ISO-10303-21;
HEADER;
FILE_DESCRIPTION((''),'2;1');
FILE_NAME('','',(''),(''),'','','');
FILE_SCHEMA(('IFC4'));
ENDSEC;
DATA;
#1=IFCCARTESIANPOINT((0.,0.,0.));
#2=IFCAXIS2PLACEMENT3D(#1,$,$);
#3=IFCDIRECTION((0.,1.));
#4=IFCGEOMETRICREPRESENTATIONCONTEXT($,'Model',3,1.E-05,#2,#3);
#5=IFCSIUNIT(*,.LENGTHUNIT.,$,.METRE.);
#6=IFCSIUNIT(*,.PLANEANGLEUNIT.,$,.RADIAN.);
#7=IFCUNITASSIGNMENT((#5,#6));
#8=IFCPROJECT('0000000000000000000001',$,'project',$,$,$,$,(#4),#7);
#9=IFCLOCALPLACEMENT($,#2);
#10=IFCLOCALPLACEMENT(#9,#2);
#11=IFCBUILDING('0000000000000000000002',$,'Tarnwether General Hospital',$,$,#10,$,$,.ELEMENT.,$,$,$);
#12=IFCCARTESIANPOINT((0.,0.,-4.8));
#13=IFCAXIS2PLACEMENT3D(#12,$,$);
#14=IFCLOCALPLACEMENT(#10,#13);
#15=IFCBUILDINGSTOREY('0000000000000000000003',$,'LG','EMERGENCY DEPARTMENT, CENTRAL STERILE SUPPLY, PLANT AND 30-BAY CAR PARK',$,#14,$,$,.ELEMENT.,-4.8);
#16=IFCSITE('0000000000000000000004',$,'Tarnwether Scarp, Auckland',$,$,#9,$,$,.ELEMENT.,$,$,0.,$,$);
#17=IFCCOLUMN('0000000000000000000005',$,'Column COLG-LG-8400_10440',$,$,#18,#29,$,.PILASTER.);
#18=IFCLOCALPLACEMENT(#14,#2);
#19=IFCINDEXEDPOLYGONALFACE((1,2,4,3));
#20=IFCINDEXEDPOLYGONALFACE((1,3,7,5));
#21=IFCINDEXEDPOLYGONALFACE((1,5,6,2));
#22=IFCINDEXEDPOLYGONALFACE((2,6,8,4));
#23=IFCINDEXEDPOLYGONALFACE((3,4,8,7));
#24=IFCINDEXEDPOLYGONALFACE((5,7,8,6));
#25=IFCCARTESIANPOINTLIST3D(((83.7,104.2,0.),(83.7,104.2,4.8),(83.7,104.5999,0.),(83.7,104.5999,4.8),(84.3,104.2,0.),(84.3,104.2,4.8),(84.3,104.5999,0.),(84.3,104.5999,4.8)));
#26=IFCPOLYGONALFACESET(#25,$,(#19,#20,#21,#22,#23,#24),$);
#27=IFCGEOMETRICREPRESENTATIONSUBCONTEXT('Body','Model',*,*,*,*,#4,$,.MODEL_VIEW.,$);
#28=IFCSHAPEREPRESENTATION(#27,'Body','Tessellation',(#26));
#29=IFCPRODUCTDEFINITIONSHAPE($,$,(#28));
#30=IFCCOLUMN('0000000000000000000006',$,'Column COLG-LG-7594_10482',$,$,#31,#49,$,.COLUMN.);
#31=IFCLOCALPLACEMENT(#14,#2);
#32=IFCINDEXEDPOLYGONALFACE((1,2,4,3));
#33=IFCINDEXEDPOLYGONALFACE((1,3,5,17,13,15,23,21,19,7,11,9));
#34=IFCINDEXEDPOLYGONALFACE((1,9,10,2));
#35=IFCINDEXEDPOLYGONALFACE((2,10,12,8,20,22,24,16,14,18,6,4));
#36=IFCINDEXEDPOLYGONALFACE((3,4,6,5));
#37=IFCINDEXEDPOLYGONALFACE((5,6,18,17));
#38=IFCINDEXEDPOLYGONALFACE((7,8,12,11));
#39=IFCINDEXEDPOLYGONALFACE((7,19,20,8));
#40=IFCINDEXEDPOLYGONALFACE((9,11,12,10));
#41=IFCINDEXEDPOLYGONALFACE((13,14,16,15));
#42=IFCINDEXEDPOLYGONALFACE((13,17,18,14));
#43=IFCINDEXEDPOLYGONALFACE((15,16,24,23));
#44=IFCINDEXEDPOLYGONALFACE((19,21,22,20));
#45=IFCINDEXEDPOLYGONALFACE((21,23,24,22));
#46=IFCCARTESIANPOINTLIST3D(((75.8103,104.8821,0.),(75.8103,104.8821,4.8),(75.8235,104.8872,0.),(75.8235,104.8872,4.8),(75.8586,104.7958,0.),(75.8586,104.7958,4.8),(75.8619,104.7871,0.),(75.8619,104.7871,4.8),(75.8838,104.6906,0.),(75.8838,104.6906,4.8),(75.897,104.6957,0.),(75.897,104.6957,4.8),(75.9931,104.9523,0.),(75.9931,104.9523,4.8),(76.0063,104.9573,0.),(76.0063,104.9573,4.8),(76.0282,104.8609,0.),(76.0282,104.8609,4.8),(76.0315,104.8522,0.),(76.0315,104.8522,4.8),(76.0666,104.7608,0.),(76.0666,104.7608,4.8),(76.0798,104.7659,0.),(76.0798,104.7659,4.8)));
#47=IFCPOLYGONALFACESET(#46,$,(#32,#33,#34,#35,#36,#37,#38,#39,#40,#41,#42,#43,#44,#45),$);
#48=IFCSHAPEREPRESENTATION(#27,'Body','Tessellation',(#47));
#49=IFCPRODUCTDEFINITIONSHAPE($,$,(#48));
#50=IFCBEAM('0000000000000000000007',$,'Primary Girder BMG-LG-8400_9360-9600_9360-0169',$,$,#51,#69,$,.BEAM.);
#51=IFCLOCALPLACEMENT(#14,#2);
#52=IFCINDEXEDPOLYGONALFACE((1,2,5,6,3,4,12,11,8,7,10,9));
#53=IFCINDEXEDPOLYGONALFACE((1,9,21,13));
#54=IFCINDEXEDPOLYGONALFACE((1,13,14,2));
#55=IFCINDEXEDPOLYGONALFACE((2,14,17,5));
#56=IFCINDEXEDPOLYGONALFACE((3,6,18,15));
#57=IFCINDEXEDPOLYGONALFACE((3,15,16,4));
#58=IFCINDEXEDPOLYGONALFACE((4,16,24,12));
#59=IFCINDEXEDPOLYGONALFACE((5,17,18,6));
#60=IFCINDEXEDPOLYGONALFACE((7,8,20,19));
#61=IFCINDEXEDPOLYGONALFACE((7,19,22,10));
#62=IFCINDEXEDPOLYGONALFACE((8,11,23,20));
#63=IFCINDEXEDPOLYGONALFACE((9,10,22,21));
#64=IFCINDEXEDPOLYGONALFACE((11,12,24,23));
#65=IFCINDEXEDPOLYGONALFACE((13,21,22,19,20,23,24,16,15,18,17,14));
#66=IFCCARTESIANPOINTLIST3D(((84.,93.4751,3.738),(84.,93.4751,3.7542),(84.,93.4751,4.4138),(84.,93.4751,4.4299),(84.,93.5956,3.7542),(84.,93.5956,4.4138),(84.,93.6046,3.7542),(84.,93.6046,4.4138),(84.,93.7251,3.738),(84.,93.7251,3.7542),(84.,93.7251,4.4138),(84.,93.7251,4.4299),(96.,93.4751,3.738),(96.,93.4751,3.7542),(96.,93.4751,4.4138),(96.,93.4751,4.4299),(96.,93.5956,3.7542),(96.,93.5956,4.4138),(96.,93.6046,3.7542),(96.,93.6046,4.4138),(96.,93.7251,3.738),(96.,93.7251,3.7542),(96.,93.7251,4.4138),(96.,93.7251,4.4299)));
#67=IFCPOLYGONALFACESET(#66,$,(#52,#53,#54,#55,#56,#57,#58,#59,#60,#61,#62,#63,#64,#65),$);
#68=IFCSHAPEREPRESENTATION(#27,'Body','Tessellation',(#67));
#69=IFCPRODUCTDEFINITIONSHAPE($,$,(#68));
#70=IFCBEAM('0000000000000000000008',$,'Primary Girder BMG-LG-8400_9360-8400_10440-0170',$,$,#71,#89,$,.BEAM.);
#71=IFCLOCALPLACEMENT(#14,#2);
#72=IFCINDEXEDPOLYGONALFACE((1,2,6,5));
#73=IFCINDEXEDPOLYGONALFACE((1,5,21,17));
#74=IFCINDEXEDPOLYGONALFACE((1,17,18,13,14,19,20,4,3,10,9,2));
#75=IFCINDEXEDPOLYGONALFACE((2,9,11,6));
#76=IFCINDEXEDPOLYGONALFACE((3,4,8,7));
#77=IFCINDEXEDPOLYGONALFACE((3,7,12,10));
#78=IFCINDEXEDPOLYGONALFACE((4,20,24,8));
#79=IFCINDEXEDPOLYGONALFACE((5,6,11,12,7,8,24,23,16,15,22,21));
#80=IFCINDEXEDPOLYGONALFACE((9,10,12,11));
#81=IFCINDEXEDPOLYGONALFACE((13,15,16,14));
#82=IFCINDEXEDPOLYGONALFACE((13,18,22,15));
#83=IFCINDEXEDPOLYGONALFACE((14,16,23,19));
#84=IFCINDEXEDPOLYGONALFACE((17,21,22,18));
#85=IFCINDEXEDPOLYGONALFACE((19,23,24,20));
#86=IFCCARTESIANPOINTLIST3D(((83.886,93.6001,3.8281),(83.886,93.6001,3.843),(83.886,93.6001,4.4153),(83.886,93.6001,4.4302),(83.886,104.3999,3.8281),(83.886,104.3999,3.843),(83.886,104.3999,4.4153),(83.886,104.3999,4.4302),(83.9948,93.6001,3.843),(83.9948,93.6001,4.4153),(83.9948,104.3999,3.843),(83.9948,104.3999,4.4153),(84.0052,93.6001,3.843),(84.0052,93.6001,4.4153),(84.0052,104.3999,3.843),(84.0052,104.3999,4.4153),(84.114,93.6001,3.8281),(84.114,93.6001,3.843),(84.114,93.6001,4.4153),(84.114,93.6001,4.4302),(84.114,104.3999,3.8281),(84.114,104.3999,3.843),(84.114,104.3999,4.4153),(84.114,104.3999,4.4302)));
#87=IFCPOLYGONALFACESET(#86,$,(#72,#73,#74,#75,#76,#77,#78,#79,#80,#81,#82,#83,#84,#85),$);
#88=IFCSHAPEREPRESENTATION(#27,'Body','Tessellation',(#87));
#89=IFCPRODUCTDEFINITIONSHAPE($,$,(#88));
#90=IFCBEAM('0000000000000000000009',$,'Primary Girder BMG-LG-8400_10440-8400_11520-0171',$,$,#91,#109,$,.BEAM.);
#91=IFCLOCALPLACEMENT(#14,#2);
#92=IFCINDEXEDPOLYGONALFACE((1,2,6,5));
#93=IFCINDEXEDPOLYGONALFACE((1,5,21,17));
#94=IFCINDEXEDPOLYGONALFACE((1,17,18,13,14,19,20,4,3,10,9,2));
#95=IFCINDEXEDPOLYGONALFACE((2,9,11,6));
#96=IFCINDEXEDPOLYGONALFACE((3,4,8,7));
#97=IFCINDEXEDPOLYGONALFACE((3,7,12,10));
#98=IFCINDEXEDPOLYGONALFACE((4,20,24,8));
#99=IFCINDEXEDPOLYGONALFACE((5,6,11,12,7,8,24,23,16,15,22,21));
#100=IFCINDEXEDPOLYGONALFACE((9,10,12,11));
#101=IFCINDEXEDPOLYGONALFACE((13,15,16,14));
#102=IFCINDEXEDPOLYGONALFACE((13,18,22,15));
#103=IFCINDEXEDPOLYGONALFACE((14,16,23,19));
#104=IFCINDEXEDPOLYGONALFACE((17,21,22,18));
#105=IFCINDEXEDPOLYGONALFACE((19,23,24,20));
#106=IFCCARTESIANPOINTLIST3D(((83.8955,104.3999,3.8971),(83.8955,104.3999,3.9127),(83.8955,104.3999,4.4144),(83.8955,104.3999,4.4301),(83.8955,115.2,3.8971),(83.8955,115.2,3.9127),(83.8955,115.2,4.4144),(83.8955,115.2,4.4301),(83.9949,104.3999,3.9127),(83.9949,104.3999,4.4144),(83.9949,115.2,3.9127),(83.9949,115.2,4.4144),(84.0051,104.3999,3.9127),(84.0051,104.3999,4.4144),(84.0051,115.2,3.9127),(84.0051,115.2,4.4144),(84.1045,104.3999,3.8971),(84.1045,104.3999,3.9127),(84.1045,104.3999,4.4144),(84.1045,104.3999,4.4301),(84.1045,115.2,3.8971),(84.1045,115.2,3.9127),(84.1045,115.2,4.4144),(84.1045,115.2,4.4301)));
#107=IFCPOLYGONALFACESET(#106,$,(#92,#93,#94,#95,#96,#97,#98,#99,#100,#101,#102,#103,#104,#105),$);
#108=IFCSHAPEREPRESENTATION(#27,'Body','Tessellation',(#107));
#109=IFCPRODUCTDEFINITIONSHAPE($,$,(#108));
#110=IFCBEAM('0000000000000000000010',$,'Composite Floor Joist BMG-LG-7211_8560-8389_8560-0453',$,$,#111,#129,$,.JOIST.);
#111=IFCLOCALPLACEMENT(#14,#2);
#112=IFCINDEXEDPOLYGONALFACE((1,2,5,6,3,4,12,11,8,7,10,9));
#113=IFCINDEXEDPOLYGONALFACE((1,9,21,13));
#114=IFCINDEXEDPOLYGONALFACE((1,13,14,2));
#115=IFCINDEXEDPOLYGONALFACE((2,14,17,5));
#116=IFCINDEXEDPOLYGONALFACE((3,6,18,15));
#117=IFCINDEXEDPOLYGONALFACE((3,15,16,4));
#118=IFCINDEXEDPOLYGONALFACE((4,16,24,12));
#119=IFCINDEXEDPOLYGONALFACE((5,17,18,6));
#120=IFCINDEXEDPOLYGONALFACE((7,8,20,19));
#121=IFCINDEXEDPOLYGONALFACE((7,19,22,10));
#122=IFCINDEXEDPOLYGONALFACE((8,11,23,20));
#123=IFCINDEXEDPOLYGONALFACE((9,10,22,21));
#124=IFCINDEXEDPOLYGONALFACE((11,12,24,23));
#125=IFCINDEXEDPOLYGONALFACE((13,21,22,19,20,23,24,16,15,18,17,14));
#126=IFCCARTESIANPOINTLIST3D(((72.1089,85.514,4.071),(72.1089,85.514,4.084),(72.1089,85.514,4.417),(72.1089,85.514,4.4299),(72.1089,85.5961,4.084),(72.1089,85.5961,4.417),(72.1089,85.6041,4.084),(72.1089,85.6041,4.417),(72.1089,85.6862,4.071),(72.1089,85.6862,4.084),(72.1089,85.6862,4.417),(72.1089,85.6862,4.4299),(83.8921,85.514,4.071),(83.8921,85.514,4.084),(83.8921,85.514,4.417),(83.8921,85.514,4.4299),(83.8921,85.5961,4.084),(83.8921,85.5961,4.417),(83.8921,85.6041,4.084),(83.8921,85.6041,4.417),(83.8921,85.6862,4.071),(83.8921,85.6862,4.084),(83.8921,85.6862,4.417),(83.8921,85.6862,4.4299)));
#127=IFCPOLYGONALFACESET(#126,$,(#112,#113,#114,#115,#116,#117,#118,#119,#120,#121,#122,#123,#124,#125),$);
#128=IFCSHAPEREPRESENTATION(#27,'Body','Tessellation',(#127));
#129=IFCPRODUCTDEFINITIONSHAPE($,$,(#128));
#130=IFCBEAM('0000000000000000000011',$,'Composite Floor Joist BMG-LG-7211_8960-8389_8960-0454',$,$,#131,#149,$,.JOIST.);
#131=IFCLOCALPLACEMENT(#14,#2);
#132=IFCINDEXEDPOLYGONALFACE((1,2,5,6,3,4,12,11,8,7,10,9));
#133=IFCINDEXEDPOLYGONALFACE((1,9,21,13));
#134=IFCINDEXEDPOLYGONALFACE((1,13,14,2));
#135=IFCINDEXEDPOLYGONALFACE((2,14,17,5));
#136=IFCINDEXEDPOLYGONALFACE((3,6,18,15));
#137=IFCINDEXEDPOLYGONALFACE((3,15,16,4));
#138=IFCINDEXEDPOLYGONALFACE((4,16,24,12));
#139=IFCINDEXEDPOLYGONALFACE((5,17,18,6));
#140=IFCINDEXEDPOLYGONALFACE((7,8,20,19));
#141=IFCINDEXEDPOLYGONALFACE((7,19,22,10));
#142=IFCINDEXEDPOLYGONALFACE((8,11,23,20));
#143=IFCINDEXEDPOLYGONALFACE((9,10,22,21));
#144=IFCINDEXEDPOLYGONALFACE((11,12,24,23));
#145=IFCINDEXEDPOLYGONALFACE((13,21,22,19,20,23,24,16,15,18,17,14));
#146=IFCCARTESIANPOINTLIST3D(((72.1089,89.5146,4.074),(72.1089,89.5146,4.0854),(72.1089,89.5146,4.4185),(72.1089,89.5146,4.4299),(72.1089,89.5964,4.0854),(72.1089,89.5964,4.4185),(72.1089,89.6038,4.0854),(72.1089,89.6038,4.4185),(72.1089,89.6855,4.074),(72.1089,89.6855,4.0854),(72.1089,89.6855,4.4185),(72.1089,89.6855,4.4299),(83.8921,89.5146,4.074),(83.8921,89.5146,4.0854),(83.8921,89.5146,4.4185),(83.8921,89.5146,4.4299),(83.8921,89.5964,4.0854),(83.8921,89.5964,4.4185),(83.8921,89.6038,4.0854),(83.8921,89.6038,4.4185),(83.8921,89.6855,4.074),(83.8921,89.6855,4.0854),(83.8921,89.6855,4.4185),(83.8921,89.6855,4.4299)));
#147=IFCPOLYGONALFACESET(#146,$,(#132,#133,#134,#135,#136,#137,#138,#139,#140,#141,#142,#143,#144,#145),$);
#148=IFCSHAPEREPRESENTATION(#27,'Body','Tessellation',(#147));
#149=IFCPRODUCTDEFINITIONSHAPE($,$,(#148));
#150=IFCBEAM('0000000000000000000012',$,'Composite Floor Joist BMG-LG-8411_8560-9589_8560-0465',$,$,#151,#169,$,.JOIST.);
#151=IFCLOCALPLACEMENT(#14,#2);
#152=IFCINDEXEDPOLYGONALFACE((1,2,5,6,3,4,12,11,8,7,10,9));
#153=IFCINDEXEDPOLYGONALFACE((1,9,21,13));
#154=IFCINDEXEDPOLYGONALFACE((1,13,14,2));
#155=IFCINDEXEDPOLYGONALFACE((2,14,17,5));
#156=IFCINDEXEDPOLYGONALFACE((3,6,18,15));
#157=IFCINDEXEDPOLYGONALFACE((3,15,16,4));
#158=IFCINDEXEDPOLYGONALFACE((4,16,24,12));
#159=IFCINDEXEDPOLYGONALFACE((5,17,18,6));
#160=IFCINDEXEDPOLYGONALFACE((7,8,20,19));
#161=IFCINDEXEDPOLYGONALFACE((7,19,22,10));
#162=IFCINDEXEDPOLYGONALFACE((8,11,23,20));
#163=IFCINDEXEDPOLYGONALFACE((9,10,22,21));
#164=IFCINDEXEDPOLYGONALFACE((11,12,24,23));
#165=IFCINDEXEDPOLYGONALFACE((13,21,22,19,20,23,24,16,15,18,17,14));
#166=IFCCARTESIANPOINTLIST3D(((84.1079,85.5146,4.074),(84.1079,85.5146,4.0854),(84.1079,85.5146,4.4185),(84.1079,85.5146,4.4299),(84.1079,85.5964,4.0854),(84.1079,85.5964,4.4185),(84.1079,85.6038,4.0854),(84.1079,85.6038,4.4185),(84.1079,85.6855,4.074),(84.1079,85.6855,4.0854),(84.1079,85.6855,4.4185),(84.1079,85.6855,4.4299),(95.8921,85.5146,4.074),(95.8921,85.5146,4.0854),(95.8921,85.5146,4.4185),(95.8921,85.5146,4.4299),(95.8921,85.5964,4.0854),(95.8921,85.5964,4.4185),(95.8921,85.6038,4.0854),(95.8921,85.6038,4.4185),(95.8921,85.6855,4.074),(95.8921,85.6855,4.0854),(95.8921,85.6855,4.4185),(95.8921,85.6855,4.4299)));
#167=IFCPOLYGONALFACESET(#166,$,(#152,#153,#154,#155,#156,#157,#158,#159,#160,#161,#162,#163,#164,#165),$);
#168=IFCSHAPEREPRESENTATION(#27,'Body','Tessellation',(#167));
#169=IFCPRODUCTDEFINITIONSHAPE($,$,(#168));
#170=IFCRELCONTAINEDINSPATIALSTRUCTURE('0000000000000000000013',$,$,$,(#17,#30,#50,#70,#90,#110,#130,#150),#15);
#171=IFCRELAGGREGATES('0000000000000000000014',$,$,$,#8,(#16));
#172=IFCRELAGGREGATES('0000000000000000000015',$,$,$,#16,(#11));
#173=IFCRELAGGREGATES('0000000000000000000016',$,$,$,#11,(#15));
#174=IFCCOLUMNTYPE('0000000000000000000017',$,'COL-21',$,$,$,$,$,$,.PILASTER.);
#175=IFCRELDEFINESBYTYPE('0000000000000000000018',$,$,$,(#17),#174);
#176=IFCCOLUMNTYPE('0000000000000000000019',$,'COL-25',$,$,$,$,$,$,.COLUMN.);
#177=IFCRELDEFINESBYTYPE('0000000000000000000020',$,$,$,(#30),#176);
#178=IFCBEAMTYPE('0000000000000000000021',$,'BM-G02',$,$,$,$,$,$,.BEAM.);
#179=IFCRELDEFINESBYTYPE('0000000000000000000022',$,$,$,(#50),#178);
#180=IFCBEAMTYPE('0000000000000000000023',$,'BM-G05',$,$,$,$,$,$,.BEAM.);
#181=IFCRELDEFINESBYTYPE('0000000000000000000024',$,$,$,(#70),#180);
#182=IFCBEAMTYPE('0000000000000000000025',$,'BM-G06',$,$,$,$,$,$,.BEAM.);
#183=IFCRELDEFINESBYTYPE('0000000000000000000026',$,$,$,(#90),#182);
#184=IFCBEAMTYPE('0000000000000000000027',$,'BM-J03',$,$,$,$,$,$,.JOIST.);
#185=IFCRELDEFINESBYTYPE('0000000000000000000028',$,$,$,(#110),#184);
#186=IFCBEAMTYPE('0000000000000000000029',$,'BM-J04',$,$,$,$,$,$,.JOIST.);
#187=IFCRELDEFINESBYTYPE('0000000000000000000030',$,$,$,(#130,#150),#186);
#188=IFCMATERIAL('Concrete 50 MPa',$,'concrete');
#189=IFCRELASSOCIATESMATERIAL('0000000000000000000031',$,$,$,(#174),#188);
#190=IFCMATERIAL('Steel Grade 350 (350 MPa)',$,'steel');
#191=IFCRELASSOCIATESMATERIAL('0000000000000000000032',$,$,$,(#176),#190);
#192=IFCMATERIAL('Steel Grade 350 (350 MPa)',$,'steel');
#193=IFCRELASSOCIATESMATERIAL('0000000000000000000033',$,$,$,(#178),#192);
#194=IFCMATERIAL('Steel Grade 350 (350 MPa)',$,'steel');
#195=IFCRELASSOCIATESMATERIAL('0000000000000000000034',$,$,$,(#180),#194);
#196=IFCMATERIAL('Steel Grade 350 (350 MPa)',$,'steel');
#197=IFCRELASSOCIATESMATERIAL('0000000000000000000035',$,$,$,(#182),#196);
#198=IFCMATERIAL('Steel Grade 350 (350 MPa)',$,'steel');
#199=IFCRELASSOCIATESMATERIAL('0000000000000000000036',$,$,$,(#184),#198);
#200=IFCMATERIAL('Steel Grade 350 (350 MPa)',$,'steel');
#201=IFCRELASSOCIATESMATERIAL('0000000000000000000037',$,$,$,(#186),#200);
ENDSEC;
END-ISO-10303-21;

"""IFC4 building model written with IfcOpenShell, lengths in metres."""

from ifc_helpers import new_model, si_unit, direction, frame, origin, origin_2d, place, context, subcontext, project, spatial, rectangle, i_section, extrude, material, material_profile, profile_set, type_object, element, save


model = new_model("IFC4")

# Units and contexts
model_context = context("Model", 3, precision=1e-05, world=origin(), true_north=direction((0.0, 1.0)))
body_context = subcontext(model_context, "Body", "Model", "MODEL_VIEW")
ifc_project = project(units=[si_unit("LENGTHUNIT", "METRE"), si_unit("PLANEANGLEUNIT", "RADIAN")], contexts=[model_context])

# Site, building, storey
site_placement = place(None, origin())
site = spatial("IfcSite", under=ifc_project, at=site_placement, Name="Tarnwether Scarp, Auckland", CompositionType="ELEMENT", RefElevation=0.0)
building_placement = place(site_placement, origin())
building = spatial("IfcBuilding", under=site, at=building_placement, Name="Tarnwether General Hospital", CompositionType="ELEMENT")
storey_placement = place(building_placement, frame((0.0, 0.0, -4.8)))
storey = spatial("IfcBuildingStorey", under=building, at=storey_placement, Name="LG", Description="EMERGENCY DEPARTMENT, CENTRAL STERILE SUPPLY, PLANT AND 30-BAY CAR PARK", CompositionType="ELEMENT", Elevation=-4.8)

# Columns
ifc_material_1 = material(Name="Concrete 50 MPa", Category="concrete")
ifc_material_profile_1 = material_profile(ifc_material_1, rectangle(XDim=0.3999, YDim=0.6001, at=origin_2d()), Name="RC-PIL-400x600")
ifc_profile_set_1 = profile_set([ifc_material_profile_1], Name="Concrete 50 MPa")
column_type_1 = type_object("IfcColumnType", Name="COL-21", PredefinedType="PILASTER", material=ifc_profile_set_1)
column_1_placement = place(storey_placement, frame((84.0, 104.3999, 0.0), z_axis=(0.0, 0.0, 1.0), x_axis=(0.0, 1.0, 0.0)))
element("IfcColumn", 1, at=column_1_placement, inside=storey, type_object=column_type_1, Name="Column COLG-LG-8400_10440", PredefinedType="PILASTER", context=body_context, shape_type="SweptSolid", body=[
    extrude(rectangle(XDim=0.3999, YDim=0.6001, at=origin_2d()), origin(), (0.0, 0.0, 1.0), 4.8),
])
ifc_material_2 = material(Name="Steel Grade 350 (350 MPa)", Category="steel")
ifc_material_profile_2 = material_profile(ifc_material_2, i_section(OverallWidth=0.2051, OverallDepth=0.21, WebThickness=0.0093, FlangeThickness=0.0142, at=origin_2d()), Name="200UC59.5")
ifc_profile_set_2 = profile_set([ifc_material_profile_2], Name="Steel Grade 350 (350 MPa)")
column_type_2 = type_object("IfcColumnType", Name="COL-25", PredefinedType="COLUMN", material=ifc_profile_set_2)
column_2_placement = place(storey_placement, frame((75.9451, 104.824, 0.0), z_axis=(0.0, 0.0, 1.0), x_axis=(-0.358368, 0.93358, 0.0)))
element("IfcColumn", 2, at=column_2_placement, inside=storey, type_object=column_type_2, Name="Column COLG-LG-7594_10482", PredefinedType="COLUMN", context=body_context, shape_type="SweptSolid", body=[
    extrude(i_section(OverallWidth=0.2051, OverallDepth=0.21, WebThickness=0.0093, FlangeThickness=0.0142, at=origin_2d()), origin(), (0.0, 0.0, 1.0), 4.8),
])

# Beams
ifc_material_3 = material(Name="Steel Grade 350 (350 MPa)", Category="steel")
ifc_material_profile_3 = material_profile(ifc_material_3, i_section(OverallWidth=0.25, OverallDepth=0.6919, WebThickness=0.009, FlangeThickness=0.0161, at=origin_2d()), Name="700WB115")
ifc_profile_set_3 = profile_set([ifc_material_profile_3], Name="Steel Grade 350 (350 MPa)")
beam_type_1 = type_object("IfcBeamType", Name="BM-G02", PredefinedType="BEAM", material=ifc_profile_set_3)
beam_1_placement = place(storey_placement, frame((84.0, 93.6001, 4.084), z_axis=(1.0, 0.0, 0.0), x_axis=(0.0, 1.0, 0.0)))
element("IfcBeam", 3, at=beam_1_placement, inside=storey, type_object=beam_type_1, Name="Primary Girder BMG-LG-8400_9360-9600_9360-0169", PredefinedType="BEAM", context=body_context, shape_type="SweptSolid", body=[
    extrude(i_section(OverallWidth=0.25, OverallDepth=0.6919, WebThickness=0.009, FlangeThickness=0.0161, at=origin_2d()), origin(), (0.0, 0.0, 1.0), 12.0),
])
ifc_material_4 = material(Name="Steel Grade 350 (350 MPa)", Category="steel")
ifc_material_profile_4 = material_profile(ifc_material_4, i_section(OverallWidth=0.228, OverallDepth=0.6021, WebThickness=0.0105, FlangeThickness=0.0149, at=origin_2d()), Name="610UB101")
ifc_profile_set_4 = profile_set([ifc_material_profile_4], Name="Steel Grade 350 (350 MPa)")
beam_type_2 = type_object("IfcBeamType", Name="BM-G05", PredefinedType="BEAM", material=ifc_profile_set_4)
beam_2_placement = place(storey_placement, frame((84.0, 93.6001, 4.1292), z_axis=(0.0, 1.0, 0.0), x_axis=(-1.0, 0.0, 0.0)))
element("IfcBeam", 4, at=beam_2_placement, inside=storey, type_object=beam_type_2, Name="Primary Girder BMG-LG-8400_9360-8400_10440-0170", PredefinedType="BEAM", context=body_context, shape_type="SweptSolid", body=[
    extrude(i_section(OverallWidth=0.228, OverallDepth=0.6021, WebThickness=0.0105, FlangeThickness=0.0149, at=origin_2d()), origin(), (0.0, 0.0, 1.0), 10.7998),
])
ifc_material_5 = material(Name="Steel Grade 350 (350 MPa)", Category="steel")
ifc_material_profile_5 = material_profile(ifc_material_5, i_section(OverallWidth=0.209, OverallDepth=0.533, WebThickness=0.0103, FlangeThickness=0.0156, at=origin_2d()), Name="530UB92.4")
ifc_profile_set_5 = profile_set([ifc_material_profile_5], Name="Steel Grade 350 (350 MPa)")
beam_type_3 = type_object("IfcBeamType", Name="BM-G06", PredefinedType="BEAM", material=ifc_profile_set_5)
beam_3_placement = place(storey_placement, frame((84.0, 104.3999, 4.1636), z_axis=(0.0, 1.0, 0.0), x_axis=(-1.0, 0.0, 0.0)))
element("IfcBeam", 5, at=beam_3_placement, inside=storey, type_object=beam_type_3, Name="Primary Girder BMG-LG-8400_10440-8400_11520-0171", PredefinedType="BEAM", context=body_context, shape_type="SweptSolid", body=[
    extrude(i_section(OverallWidth=0.209, OverallDepth=0.533, WebThickness=0.0103, FlangeThickness=0.0156, at=origin_2d()), origin(), (0.0, 0.0, 1.0), 10.8),
])
ifc_material_6 = material(Name="Steel Grade 350 (350 MPa)", Category="steel")
ifc_material_profile_6 = material_profile(ifc_material_6, i_section(OverallWidth=0.1721, OverallDepth=0.3589, WebThickness=0.0081, FlangeThickness=0.0129, at=origin_2d()), Name="360UB56.7")
ifc_profile_set_6 = profile_set([ifc_material_profile_6], Name="Steel Grade 350 (350 MPa)")
beam_type_4 = type_object("IfcBeamType", Name="BM-J03", PredefinedType="JOIST", material=ifc_profile_set_6)
beam_4_placement = place(storey_placement, frame((72.1089, 85.6001, 4.2505), z_axis=(1.0, 0.0, 0.0), x_axis=(0.0, 1.0, 0.0)))
element("IfcBeam", 6, at=beam_4_placement, inside=storey, type_object=beam_type_4, Name="Composite Floor Joist BMG-LG-7211_8560-8389_8560-0453", PredefinedType="JOIST", context=body_context, shape_type="SweptSolid", body=[
    extrude(i_section(OverallWidth=0.1721, OverallDepth=0.3589, WebThickness=0.0081, FlangeThickness=0.0129, at=origin_2d()), origin(), (0.0, 0.0, 1.0), 11.7832),
])
ifc_material_7 = material(Name="Steel Grade 350 (350 MPa)", Category="steel")
ifc_material_profile_7 = material_profile(ifc_material_7, i_section(OverallWidth=0.1709, OverallDepth=0.356, WebThickness=0.0073, FlangeThickness=0.0115, at=origin_2d()), Name="360UB50.7")
ifc_profile_set_7 = profile_set([ifc_material_profile_7], Name="Steel Grade 350 (350 MPa)")
beam_type_5 = type_object("IfcBeamType", Name="BM-J04", PredefinedType="JOIST", material=ifc_profile_set_7)
beam_5_placement = place(storey_placement, frame((72.1089, 89.6001, 4.252), z_axis=(1.0, 0.0, 0.0), x_axis=(0.0, 1.0, 0.0)))
element("IfcBeam", 7, at=beam_5_placement, inside=storey, type_object=beam_type_5, Name="Composite Floor Joist BMG-LG-7211_8960-8389_8960-0454", PredefinedType="JOIST", context=body_context, shape_type="SweptSolid", body=[
    extrude(i_section(OverallWidth=0.1709, OverallDepth=0.356, WebThickness=0.0073, FlangeThickness=0.0115, at=origin_2d()), origin(), (0.0, 0.0, 1.0), 11.7832),
])
beam_6_placement = place(storey_placement, frame((84.1079, 85.6001, 4.252), z_axis=(1.0, 0.0, 0.0), x_axis=(0.0, 1.0, 0.0)))
element("IfcBeam", 8, at=beam_6_placement, inside=storey, type_object=beam_type_5, Name="Composite Floor Joist BMG-LG-8411_8560-9589_8560-0465", PredefinedType="JOIST", context=body_context, shape_type="SweptSolid", body=[
    extrude(i_section(OverallWidth=0.1709, OverallDepth=0.356, WebThickness=0.0073, FlangeThickness=0.0115, at=origin_2d()), origin(), (0.0, 0.0, 1.0), 11.7842),
])

save(model, "model.ifc")
